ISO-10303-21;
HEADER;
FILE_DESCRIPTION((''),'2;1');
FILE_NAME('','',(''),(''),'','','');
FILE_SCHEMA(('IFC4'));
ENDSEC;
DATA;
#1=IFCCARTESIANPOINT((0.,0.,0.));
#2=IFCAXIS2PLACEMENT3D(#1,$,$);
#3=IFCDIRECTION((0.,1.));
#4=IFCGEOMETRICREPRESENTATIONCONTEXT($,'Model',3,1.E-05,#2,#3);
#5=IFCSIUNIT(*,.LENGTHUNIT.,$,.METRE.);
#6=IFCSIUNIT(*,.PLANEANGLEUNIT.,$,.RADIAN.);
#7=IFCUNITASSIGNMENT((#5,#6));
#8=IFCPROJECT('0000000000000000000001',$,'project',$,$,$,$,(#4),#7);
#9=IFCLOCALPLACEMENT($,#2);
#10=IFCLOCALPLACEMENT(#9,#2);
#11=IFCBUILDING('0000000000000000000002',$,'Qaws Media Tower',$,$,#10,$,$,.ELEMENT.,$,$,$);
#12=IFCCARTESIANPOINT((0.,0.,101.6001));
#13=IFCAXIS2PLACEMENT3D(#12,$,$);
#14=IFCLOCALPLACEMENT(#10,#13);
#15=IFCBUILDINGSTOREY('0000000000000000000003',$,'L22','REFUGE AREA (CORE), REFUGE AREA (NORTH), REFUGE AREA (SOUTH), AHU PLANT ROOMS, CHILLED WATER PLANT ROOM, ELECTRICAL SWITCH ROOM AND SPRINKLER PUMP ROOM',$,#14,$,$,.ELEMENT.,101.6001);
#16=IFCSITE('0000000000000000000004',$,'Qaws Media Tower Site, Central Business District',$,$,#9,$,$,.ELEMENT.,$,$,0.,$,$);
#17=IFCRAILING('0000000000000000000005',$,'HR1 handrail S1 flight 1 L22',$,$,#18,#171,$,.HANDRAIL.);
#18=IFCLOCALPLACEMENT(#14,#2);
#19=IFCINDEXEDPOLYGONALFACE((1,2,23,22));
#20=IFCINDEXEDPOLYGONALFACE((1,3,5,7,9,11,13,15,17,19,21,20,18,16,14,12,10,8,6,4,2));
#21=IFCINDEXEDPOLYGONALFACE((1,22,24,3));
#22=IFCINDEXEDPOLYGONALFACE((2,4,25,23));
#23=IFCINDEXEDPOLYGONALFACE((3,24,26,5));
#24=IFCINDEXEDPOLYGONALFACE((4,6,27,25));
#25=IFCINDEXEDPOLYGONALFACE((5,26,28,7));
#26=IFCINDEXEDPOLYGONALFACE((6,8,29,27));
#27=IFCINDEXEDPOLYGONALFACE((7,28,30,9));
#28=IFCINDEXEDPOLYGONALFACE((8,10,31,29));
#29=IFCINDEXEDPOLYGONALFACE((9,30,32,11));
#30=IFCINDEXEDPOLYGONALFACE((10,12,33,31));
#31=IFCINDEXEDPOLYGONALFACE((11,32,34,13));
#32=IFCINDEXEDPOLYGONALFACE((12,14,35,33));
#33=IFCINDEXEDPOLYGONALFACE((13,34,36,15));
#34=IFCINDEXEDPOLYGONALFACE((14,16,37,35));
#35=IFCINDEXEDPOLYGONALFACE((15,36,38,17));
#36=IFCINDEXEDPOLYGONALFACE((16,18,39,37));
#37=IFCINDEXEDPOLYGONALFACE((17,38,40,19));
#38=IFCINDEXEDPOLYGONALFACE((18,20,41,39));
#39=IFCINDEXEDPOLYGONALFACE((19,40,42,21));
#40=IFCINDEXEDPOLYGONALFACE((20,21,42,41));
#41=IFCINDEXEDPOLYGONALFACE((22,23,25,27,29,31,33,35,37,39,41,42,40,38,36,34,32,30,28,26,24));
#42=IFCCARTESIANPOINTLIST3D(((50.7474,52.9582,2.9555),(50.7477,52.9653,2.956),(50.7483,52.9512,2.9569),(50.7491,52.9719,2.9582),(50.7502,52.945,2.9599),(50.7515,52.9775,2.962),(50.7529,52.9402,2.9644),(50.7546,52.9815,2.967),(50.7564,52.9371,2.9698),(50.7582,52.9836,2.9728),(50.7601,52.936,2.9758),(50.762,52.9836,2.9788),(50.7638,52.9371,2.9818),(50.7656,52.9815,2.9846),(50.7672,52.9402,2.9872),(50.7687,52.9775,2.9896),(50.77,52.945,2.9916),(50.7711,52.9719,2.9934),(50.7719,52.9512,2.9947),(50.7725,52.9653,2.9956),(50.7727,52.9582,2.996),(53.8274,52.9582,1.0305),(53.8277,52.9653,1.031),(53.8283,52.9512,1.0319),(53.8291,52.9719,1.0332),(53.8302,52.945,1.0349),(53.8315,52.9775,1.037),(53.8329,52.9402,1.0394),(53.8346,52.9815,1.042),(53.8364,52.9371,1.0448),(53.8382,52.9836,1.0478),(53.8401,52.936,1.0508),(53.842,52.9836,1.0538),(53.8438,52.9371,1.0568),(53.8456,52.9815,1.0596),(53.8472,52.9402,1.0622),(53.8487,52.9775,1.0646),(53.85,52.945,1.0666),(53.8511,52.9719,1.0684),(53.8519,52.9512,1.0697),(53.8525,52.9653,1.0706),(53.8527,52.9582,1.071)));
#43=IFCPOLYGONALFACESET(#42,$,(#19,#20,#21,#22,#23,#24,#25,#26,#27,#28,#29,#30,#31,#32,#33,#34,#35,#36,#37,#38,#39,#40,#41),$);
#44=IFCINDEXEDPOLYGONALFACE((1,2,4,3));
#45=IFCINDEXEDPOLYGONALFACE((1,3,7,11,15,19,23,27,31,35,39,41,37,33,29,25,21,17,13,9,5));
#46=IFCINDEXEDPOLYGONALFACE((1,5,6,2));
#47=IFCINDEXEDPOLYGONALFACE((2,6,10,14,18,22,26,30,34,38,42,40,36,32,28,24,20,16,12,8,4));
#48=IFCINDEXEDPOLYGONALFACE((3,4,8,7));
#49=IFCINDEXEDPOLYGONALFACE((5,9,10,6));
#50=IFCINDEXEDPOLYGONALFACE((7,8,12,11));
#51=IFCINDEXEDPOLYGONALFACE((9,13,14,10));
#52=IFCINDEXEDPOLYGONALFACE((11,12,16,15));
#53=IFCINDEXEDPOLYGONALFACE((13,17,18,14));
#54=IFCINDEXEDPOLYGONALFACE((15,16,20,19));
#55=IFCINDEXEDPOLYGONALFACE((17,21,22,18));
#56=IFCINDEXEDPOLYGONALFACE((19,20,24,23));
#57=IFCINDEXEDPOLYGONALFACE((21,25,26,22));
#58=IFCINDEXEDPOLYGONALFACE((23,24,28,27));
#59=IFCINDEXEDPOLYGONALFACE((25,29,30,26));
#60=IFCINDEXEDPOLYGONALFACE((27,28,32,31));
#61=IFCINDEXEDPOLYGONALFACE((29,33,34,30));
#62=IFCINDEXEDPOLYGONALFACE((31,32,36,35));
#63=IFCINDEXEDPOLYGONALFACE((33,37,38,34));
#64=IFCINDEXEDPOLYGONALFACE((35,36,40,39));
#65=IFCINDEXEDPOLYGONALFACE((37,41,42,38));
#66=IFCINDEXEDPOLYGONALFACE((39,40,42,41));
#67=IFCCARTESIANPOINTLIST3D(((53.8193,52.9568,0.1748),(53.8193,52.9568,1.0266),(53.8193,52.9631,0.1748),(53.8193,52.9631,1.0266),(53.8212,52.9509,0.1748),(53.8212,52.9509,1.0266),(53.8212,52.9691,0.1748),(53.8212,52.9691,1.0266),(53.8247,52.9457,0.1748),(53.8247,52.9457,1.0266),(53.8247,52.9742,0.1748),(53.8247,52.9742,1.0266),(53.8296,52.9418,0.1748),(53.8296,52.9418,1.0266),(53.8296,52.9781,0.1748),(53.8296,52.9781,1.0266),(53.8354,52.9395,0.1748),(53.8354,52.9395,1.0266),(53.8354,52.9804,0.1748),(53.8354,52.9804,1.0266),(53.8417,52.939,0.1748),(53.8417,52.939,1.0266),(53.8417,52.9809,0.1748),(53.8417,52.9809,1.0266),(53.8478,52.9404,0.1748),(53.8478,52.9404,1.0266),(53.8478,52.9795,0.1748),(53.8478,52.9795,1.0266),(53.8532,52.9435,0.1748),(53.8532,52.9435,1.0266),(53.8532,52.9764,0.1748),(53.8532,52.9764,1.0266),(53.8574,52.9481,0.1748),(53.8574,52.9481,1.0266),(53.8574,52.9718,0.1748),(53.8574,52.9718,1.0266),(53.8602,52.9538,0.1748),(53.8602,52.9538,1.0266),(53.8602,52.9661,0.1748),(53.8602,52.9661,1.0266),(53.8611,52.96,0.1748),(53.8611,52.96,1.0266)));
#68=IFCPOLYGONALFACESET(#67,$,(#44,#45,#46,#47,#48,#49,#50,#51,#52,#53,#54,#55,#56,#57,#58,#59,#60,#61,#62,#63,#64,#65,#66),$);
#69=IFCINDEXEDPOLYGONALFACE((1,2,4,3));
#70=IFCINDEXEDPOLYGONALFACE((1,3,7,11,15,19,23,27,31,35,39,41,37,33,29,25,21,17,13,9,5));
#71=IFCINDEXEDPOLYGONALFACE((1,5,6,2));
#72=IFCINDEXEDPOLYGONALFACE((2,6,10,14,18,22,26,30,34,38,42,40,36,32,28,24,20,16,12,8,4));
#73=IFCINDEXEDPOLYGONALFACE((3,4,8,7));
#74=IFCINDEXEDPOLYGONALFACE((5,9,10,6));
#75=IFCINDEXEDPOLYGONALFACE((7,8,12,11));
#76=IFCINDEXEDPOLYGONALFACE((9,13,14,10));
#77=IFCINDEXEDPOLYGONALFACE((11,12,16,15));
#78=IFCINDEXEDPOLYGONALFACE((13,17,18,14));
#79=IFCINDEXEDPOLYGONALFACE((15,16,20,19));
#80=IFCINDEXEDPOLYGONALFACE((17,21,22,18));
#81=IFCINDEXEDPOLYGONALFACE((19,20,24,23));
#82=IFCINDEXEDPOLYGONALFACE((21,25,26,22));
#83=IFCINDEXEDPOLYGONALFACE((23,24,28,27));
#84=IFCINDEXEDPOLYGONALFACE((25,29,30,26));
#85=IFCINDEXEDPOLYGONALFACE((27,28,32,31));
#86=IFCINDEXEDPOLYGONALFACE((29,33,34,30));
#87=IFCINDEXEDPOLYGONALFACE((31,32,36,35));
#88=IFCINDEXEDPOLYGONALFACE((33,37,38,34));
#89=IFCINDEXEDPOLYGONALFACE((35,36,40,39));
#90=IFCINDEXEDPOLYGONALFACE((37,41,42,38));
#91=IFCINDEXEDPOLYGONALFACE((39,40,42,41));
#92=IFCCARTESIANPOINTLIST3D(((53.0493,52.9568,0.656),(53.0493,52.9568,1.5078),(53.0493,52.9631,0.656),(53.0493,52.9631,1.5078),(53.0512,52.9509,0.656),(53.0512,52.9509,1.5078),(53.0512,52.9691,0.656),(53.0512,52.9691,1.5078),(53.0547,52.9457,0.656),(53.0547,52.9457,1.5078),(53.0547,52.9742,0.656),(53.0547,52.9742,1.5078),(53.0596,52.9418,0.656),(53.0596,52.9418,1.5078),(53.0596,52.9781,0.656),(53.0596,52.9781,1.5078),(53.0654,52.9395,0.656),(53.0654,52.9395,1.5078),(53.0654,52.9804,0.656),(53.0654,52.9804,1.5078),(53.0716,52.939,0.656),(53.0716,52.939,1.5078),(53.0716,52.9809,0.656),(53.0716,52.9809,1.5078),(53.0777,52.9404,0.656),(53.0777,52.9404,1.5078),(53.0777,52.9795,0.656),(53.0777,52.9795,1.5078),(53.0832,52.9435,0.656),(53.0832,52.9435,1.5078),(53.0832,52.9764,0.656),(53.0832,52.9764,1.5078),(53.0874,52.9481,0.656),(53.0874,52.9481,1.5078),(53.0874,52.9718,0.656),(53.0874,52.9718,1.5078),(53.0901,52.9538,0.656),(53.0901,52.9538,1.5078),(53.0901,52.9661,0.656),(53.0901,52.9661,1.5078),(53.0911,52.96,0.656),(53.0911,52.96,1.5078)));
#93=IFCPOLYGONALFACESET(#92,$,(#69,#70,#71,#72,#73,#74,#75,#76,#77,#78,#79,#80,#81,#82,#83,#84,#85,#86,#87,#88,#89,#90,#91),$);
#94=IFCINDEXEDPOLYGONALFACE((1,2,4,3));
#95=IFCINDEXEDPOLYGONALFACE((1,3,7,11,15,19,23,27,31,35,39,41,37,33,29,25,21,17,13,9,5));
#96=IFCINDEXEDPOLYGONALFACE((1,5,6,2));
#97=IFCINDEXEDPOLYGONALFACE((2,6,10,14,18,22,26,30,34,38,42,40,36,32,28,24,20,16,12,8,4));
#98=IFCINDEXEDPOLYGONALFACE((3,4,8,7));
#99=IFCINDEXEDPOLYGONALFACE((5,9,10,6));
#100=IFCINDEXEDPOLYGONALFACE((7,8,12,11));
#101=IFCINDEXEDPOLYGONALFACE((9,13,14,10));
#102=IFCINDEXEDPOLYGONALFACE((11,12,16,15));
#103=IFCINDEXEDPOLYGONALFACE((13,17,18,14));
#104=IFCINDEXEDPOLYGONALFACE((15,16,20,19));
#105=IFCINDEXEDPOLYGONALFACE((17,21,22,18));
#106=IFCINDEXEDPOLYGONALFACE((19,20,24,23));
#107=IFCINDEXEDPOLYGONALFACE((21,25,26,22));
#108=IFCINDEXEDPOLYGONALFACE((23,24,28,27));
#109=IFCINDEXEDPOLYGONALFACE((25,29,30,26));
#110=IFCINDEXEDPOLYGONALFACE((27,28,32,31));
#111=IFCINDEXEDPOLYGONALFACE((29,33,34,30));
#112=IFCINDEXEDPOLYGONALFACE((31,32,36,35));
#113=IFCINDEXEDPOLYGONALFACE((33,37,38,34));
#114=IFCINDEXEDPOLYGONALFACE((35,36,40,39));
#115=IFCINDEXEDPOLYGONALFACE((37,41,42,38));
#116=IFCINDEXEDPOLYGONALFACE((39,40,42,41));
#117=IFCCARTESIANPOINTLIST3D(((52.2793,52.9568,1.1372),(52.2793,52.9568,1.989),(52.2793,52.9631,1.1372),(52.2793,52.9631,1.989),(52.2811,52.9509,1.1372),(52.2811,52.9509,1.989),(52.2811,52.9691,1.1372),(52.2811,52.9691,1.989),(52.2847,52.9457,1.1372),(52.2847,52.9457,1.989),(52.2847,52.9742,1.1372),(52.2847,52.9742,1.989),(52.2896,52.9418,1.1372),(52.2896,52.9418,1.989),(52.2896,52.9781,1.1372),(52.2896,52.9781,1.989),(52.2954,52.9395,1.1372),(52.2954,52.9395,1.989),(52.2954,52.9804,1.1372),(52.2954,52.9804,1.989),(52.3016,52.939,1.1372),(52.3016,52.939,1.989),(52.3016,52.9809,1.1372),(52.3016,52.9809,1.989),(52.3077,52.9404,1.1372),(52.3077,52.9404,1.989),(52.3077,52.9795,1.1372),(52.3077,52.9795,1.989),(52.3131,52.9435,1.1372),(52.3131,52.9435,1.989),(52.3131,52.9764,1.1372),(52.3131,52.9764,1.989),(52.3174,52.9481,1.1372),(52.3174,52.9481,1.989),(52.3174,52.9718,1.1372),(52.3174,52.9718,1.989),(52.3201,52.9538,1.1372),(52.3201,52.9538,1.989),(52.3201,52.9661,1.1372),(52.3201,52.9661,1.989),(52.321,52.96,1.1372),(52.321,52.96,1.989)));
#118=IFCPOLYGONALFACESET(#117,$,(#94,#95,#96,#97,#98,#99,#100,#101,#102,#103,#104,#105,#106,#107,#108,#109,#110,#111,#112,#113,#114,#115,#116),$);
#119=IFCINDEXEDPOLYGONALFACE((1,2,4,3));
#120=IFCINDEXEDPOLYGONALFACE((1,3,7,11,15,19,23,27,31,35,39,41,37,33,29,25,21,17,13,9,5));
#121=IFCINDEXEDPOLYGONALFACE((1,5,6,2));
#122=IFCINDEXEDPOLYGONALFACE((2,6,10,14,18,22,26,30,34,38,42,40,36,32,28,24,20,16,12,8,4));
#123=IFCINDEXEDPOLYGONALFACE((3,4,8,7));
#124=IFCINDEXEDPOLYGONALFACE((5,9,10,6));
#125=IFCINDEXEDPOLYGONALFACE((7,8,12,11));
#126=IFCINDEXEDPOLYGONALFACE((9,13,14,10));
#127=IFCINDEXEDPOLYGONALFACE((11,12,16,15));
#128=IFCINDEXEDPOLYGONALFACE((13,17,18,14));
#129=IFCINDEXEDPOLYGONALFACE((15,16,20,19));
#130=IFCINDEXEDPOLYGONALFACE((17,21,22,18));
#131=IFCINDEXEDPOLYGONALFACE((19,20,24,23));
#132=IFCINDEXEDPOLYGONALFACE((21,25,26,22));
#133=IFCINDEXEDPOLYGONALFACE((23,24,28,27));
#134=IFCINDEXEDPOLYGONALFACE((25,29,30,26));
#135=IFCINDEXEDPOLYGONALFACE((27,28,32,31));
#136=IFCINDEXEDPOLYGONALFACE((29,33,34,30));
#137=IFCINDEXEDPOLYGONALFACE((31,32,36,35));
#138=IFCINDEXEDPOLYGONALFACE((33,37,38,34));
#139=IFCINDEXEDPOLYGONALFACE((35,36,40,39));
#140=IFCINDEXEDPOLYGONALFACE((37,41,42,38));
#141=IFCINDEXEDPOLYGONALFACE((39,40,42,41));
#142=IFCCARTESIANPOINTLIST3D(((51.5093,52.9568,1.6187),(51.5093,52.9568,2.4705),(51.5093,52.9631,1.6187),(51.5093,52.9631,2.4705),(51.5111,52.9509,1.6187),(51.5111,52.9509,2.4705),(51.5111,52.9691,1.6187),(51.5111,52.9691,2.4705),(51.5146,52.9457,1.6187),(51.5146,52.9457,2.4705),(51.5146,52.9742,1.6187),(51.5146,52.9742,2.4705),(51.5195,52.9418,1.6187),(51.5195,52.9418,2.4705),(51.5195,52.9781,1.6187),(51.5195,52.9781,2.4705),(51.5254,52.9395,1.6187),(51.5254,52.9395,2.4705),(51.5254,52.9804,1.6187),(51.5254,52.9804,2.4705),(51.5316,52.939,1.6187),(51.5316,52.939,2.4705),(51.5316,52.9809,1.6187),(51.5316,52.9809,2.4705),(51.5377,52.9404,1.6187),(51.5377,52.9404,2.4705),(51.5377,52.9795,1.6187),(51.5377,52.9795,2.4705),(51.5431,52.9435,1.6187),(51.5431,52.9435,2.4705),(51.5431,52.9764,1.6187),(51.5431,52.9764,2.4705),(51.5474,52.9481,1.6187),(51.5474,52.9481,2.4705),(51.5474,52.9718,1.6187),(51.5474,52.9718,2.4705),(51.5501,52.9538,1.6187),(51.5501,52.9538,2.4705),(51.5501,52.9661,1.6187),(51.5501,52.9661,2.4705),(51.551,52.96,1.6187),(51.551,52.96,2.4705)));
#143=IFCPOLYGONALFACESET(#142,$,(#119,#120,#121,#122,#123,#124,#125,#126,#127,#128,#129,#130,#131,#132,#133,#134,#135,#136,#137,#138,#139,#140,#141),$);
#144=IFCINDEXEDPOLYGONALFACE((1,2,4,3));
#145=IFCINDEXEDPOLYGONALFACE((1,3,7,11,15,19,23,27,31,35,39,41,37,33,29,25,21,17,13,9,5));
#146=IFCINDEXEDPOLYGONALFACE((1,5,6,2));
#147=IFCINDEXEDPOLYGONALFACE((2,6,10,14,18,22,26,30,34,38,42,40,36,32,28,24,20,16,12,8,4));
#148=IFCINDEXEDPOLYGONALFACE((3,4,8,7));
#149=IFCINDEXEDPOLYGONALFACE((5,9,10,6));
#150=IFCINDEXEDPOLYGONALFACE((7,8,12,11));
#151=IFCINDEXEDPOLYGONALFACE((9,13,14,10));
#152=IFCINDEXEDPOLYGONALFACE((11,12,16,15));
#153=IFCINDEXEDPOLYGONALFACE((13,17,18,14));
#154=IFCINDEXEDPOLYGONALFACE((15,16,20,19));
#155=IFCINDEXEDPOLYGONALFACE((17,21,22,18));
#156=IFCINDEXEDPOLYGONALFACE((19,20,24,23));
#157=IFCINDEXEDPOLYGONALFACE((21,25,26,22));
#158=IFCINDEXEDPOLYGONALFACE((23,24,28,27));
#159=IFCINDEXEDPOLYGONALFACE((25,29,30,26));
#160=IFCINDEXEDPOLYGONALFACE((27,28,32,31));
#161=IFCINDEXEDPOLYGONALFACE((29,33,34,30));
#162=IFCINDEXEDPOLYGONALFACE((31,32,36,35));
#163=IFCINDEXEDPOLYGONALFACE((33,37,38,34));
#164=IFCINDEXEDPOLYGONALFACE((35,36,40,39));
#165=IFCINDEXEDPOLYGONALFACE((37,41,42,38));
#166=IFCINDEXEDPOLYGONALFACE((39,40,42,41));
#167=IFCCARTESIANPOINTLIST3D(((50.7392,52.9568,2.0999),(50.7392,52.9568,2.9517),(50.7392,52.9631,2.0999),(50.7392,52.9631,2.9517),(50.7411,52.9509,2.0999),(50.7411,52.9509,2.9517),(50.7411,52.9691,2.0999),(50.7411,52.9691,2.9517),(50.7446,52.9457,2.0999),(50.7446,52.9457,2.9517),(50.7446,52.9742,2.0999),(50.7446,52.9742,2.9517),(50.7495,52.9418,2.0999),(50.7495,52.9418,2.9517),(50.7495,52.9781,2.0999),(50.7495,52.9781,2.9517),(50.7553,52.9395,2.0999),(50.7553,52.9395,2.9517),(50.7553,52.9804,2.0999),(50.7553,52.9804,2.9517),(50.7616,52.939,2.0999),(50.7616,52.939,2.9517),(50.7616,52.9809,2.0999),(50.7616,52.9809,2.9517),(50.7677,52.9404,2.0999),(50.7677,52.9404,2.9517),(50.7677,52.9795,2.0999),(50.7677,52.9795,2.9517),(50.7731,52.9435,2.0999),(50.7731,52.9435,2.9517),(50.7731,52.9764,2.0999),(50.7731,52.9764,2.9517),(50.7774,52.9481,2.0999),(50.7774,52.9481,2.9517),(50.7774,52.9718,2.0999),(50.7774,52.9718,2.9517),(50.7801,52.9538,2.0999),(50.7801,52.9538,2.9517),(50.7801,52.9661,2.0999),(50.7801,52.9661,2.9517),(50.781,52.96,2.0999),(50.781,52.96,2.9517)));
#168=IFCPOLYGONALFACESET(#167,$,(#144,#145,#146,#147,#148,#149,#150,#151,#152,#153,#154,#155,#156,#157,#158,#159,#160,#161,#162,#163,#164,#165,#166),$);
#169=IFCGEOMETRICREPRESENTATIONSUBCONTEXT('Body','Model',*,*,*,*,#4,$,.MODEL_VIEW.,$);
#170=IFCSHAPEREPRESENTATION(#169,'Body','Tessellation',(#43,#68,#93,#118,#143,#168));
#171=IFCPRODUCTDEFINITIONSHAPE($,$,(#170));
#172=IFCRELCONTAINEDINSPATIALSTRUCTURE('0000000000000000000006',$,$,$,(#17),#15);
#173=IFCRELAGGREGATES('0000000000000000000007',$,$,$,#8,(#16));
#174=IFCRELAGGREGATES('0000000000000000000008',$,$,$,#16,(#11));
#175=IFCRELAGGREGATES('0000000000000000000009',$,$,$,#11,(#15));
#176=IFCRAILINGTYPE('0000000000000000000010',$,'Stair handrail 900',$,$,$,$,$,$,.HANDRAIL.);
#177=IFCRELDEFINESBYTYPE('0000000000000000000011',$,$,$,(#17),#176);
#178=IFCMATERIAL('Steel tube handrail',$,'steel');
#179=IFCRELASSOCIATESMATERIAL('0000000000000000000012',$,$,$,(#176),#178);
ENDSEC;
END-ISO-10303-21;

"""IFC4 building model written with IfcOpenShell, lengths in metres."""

from ifc_helpers import new_model, si_unit, direction, frame, origin, origin_2d, place, context, subcontext, project, spatial, circle, extrude, material, type_object, element, save


model = new_model("IFC4")

# Units and contexts
model_context = context("Model", 3, precision=1e-05, world=origin(), true_north=direction((0.0, 1.0)))
body_context = subcontext(model_context, "Body", "Model", "MODEL_VIEW")
ifc_project = project(units=[si_unit("LENGTHUNIT", "METRE"), si_unit("PLANEANGLEUNIT", "RADIAN")], contexts=[model_context])

# Site, building, storey
site_placement = place(None, origin())
site = spatial("IfcSite", under=ifc_project, at=site_placement, Name="Qaws Media Tower Site, Central Business District", CompositionType="ELEMENT", RefElevation=0.0)
building_placement = place(site_placement, origin())
building = spatial("IfcBuilding", under=site, at=building_placement, Name="Qaws Media Tower", CompositionType="ELEMENT")
storey_placement = place(building_placement, frame((0.0, 0.0, 101.6001)))
storey = spatial("IfcBuildingStorey", under=building, at=storey_placement, Name="L22", Description="REFUGE AREA (CORE), REFUGE AREA (NORTH), REFUGE AREA (SOUTH), AHU PLANT ROOMS, CHILLED WATER PLANT ROOM, ELECTRICAL SWITCH ROOM AND SPRINKLER PUMP ROOM", CompositionType="ELEMENT", Elevation=101.6001)

# Railing
ifc_material_1 = material(Name="Steel tube handrail", Category="steel")
railing_type = type_object("IfcRailingType", Name="Stair handrail 900", PredefinedType="HANDRAIL", material=ifc_material_1)
for number, where, name in (
    (1, (53.8401, 52.96, 0.1748), "HR1 handrail S1 flight 1 L22"),
):
    element("IfcRailing", number, at=place(storey_placement, frame(where)), inside=storey, type_object=railing_type, Name=name, PredefinedType="HANDRAIL", context=body_context, shape_type="SweptSolid", body=[
        extrude(circle(Radius=0.0239, at=origin_2d()), frame((0.0, 0.0, 0.876), z_axis=(-0.847998, 0.0, 0.529999), x_axis=(0.0, -1.0, 0.0)), (0.0, 0.0, 1.0), 3.6321),
        extrude(circle(Radius=0.021, at=origin_2d()), origin(), (0.0, 0.0, 1.0), 0.8518),
        extrude(circle(Radius=0.021, at=origin_2d()), frame((-0.77, 0.0, 0.4812)), (0.0, 0.0, 1.0), 0.8518),
        extrude(circle(Radius=0.021, at=origin_2d()), frame((-1.54, 0.0, 0.9624)), (0.0, 0.0, 1.0), 0.8518),
        extrude(circle(Radius=0.021, at=origin_2d()), frame((-2.3101, 0.0, 1.4438)), (0.0, 0.0, 1.0), 0.8518),
        extrude(circle(Radius=0.021, at=origin_2d()), frame((-3.0801, 0.0, 1.925)), (0.0, 0.0, 1.0), 0.8518),
    ])

save(model, "model.ifc")
